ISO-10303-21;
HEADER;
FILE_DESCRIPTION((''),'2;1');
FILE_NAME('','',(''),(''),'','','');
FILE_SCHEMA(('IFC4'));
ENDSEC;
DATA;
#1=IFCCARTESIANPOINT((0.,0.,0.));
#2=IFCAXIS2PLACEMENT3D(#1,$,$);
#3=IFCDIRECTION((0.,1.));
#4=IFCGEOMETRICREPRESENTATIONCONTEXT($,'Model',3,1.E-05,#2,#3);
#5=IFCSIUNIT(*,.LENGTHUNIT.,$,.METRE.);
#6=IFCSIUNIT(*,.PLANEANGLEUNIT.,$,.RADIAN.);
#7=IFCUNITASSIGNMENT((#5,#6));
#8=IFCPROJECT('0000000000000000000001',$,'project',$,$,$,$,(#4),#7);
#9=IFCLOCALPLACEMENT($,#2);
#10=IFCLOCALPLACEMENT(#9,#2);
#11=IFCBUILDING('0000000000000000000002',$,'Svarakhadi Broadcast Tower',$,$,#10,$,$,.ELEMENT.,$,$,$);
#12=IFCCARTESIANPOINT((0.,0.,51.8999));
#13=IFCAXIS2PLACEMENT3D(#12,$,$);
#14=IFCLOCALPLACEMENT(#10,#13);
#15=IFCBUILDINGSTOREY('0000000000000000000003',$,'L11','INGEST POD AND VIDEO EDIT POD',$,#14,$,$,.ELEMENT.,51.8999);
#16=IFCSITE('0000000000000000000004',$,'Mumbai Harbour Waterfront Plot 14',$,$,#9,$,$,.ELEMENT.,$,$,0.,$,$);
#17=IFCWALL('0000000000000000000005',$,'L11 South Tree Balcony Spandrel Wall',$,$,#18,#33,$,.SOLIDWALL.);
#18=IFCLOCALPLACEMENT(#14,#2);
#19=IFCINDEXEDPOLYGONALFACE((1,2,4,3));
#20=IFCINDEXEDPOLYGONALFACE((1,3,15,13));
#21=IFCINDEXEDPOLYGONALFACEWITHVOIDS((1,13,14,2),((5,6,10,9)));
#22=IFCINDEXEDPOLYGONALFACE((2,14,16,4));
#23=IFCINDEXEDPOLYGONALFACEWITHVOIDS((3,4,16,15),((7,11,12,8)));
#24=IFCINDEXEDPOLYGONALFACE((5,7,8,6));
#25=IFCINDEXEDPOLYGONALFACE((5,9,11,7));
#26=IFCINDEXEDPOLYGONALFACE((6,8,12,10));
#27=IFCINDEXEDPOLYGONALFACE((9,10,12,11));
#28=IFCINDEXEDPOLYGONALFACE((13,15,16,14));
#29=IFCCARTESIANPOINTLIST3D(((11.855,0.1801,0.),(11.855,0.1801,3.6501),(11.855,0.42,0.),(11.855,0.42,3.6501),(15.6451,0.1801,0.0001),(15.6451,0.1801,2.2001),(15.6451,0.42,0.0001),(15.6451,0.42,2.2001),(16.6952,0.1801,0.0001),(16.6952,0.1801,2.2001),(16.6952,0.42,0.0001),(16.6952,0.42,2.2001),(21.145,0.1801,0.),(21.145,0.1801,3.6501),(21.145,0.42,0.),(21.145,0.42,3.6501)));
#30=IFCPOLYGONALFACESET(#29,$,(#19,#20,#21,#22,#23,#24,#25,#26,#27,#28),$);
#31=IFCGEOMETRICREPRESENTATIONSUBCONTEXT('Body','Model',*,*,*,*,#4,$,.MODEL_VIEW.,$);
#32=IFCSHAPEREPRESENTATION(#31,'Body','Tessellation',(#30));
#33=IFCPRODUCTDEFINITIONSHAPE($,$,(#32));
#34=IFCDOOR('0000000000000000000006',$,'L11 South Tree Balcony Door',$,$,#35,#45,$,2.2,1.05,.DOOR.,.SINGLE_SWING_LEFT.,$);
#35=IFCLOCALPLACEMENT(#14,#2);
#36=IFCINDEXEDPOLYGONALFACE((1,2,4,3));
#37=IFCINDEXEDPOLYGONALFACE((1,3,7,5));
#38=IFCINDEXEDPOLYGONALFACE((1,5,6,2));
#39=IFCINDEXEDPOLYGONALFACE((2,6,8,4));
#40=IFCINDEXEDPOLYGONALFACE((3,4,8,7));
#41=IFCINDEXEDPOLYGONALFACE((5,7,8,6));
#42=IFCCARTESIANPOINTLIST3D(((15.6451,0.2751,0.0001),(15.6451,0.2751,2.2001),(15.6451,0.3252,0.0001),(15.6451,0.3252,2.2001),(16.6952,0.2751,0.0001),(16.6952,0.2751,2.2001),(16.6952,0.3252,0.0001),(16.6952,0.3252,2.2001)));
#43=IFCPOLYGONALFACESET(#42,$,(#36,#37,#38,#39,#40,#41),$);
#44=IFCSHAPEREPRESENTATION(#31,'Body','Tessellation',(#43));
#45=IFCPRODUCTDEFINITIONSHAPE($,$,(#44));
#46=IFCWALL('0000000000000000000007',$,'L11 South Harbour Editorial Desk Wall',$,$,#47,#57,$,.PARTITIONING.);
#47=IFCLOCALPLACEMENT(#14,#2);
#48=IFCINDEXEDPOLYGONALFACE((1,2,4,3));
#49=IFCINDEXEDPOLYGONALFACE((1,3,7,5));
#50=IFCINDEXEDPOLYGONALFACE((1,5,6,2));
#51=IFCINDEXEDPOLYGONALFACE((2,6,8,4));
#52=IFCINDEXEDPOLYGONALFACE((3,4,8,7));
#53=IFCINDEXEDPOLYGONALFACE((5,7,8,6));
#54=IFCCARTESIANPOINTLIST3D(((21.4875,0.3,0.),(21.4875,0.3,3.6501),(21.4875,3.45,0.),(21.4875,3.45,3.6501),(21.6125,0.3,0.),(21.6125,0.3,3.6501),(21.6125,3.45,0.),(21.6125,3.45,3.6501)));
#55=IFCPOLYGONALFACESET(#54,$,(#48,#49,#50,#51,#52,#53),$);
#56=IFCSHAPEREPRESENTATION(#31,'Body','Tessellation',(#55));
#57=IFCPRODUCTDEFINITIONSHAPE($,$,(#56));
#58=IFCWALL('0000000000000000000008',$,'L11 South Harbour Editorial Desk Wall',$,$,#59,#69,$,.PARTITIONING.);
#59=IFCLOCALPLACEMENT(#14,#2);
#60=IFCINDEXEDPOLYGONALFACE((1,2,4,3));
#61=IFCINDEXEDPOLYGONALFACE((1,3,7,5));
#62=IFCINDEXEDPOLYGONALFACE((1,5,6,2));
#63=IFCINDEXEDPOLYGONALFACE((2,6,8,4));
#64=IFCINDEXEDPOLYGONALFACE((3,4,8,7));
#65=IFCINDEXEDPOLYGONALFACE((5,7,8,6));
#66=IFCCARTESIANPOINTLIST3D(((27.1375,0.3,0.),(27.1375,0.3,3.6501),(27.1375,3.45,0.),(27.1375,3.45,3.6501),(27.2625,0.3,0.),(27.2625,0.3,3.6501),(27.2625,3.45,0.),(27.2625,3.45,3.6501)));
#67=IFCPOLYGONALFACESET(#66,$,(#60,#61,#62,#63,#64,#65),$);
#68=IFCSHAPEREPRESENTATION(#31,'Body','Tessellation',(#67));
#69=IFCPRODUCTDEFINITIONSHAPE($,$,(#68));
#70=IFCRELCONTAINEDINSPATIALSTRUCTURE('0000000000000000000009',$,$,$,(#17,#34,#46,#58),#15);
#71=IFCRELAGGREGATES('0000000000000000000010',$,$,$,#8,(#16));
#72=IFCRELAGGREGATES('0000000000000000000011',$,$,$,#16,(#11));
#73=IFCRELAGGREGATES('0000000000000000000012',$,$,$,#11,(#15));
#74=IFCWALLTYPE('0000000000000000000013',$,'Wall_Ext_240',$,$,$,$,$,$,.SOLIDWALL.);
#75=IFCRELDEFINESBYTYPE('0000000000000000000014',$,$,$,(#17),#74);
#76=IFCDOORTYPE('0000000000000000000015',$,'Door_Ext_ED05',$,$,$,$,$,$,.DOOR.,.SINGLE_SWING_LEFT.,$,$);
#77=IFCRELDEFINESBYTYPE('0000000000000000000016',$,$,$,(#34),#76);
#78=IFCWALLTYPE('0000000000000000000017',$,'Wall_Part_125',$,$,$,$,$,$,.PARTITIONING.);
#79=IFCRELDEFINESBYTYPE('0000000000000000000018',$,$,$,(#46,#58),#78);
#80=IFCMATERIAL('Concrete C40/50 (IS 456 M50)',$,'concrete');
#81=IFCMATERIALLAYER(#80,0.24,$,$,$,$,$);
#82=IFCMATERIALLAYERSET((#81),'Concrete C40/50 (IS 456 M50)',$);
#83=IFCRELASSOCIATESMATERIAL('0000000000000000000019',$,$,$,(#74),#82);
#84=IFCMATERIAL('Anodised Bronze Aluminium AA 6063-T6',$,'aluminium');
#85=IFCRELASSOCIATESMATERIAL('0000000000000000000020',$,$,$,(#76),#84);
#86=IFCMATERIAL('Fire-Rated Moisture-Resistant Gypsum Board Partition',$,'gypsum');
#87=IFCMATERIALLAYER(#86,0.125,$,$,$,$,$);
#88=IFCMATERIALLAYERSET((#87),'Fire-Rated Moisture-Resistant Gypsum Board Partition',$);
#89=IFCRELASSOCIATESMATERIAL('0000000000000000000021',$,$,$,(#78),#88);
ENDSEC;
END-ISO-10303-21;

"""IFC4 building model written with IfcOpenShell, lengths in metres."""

from ifc_helpers import new_model, si_unit, direction, frame, frame_2d, origin, place, context, subcontext, project, spatial, rectangle, extrude, material, layer, layer_set, type_object, element, fill, save


model = new_model("IFC4")

# Units and contexts
model_context = context("Model", 3, precision=1e-05, world=origin(), true_north=direction((0.0, 1.0)))
body_context = subcontext(model_context, "Body", "Model", "MODEL_VIEW")
ifc_project = project(units=[si_unit("LENGTHUNIT", "METRE"), si_unit("PLANEANGLEUNIT", "RADIAN")], contexts=[model_context])

# Site, building, storey
site_placement = place(None, origin())
site = spatial("IfcSite", under=ifc_project, at=site_placement, Name="Mumbai Harbour Waterfront Plot 14", CompositionType="ELEMENT", RefElevation=0.0)
building_placement = place(site_placement, origin())
building = spatial("IfcBuilding", under=site, at=building_placement, Name="Svarakhadi Broadcast Tower", CompositionType="ELEMENT")
storey_placement = place(building_placement, frame((0.0, 0.0, 51.8999)))
storey = spatial("IfcBuildingStorey", under=building, at=storey_placement, Name="L11", Description="INGEST POD AND VIDEO EDIT POD", CompositionType="ELEMENT", Elevation=51.8999)

# Shared definitions
ifc_material_1 = material(Name="Anodised Bronze Aluminium AA 6063-T6", Category="aluminium")

# Wall, opening, door
ifc_material_2 = material(Name="Concrete C40/50 (IS 456 M50)", Category="concrete")
ifc_layer_1 = layer(ifc_material_2, 0.24)
ifc_layer_set_1 = layer_set([ifc_layer_1], Name="Concrete C40/50 (IS 456 M50)")
wall_type_1 = type_object("IfcWallType", Name="Wall_Ext_240", PredefinedType="SOLIDWALL", material=ifc_layer_set_1)
wall_placement = place(storey_placement, frame((21.145, 0.3, 0.0), z_axis=(0.0, 0.0, 1.0), x_axis=(-1.0, 0.0, 0.0)))
wall = element("IfcWall", 1, at=wall_placement, inside=storey, type_object=wall_type_1, Name="L11 South Tree Balcony Spandrel Wall", PredefinedType="SOLIDWALL", context=body_context, shape_type="SweptSolid", body=[
    extrude(rectangle(XDim=9.29, YDim=0.24, at=frame_2d((4.645, 0.0))), origin(), (0.0, 0.0, 1.0), 3.6501),
])
opening_placement = place(wall_placement, frame((4.45, 0.0, 0.0)))
opening = element("IfcOpeningElement", 2, at=opening_placement, cuts=wall, PredefinedType="OPENING", context=body_context, shape_type="SweptSolid", body=[
    extrude(rectangle(XDim=1.05, YDim=2.2, at=frame_2d((0.5249, 1.1001))), frame((0.0, 0.1299, 0.0), z_axis=(0.0, -1.0, 0.0), x_axis=(1.0, 0.0, 0.0)), (0.0, 0.0, 1.0), 0.26),
])
door_type = type_object("IfcDoorType", Name="Door_Ext_ED05", OperationType="SINGLE_SWING_LEFT", PredefinedType="DOOR", material=ifc_material_1)
door_placement = place(opening_placement, origin())
door = element("IfcDoor", 3, at=door_placement, inside=storey, type_object=door_type, Name="L11 South Tree Balcony Door", OperationType="SINGLE_SWING_LEFT", OverallHeight=2.2, OverallWidth=1.05, PredefinedType="DOOR", context=body_context, shape_type="SweptSolid", body=[
    extrude(rectangle(XDim=1.05, YDim=2.2, at=frame_2d((0.5249, 1.1001))), frame((0.0, 0.0249, 0.0), z_axis=(0.0, -1.0, 0.0), x_axis=(1.0, 0.0, 0.0)), (0.0, 0.0, 1.0), 0.05),
])
fill(opening, door)

# Walls
ifc_material_3 = material(Name="Fire-Rated Moisture-Resistant Gypsum Board Partition", Category="gypsum")
ifc_layer_2 = layer(ifc_material_3, 0.125)
ifc_layer_set_2 = layer_set([ifc_layer_2], Name="Fire-Rated Moisture-Resistant Gypsum Board Partition")
wall_type_2 = type_object("IfcWallType", Name="Wall_Part_125", PredefinedType="PARTITIONING", material=ifc_layer_set_2)
for number, where, z_axis, x_axis, name in (
    (4, (21.55, 0.3, 0.0), (0.0, 0.0, 1.0), (0.0, 1.0, 0.0), "L11 South Harbour Editorial Desk Wall"),
    (5, (27.2, 0.3, 0.0), (0.0, 0.0, 1.0), (0.0, 1.0, 0.0), "L11 South Harbour Editorial Desk Wall"),
):
    element("IfcWall", number, at=place(storey_placement, frame(where, z_axis=z_axis, x_axis=x_axis)), inside=storey, type_object=wall_type_2, Name=name, PredefinedType="PARTITIONING", context=body_context, shape_type="SweptSolid", body=[
        extrude(rectangle(XDim=3.1499, YDim=0.125, at=frame_2d((1.575, 0.0))), origin(), (0.0, 0.0, 1.0), 3.6501),
    ])

save(model, "model.ifc")
